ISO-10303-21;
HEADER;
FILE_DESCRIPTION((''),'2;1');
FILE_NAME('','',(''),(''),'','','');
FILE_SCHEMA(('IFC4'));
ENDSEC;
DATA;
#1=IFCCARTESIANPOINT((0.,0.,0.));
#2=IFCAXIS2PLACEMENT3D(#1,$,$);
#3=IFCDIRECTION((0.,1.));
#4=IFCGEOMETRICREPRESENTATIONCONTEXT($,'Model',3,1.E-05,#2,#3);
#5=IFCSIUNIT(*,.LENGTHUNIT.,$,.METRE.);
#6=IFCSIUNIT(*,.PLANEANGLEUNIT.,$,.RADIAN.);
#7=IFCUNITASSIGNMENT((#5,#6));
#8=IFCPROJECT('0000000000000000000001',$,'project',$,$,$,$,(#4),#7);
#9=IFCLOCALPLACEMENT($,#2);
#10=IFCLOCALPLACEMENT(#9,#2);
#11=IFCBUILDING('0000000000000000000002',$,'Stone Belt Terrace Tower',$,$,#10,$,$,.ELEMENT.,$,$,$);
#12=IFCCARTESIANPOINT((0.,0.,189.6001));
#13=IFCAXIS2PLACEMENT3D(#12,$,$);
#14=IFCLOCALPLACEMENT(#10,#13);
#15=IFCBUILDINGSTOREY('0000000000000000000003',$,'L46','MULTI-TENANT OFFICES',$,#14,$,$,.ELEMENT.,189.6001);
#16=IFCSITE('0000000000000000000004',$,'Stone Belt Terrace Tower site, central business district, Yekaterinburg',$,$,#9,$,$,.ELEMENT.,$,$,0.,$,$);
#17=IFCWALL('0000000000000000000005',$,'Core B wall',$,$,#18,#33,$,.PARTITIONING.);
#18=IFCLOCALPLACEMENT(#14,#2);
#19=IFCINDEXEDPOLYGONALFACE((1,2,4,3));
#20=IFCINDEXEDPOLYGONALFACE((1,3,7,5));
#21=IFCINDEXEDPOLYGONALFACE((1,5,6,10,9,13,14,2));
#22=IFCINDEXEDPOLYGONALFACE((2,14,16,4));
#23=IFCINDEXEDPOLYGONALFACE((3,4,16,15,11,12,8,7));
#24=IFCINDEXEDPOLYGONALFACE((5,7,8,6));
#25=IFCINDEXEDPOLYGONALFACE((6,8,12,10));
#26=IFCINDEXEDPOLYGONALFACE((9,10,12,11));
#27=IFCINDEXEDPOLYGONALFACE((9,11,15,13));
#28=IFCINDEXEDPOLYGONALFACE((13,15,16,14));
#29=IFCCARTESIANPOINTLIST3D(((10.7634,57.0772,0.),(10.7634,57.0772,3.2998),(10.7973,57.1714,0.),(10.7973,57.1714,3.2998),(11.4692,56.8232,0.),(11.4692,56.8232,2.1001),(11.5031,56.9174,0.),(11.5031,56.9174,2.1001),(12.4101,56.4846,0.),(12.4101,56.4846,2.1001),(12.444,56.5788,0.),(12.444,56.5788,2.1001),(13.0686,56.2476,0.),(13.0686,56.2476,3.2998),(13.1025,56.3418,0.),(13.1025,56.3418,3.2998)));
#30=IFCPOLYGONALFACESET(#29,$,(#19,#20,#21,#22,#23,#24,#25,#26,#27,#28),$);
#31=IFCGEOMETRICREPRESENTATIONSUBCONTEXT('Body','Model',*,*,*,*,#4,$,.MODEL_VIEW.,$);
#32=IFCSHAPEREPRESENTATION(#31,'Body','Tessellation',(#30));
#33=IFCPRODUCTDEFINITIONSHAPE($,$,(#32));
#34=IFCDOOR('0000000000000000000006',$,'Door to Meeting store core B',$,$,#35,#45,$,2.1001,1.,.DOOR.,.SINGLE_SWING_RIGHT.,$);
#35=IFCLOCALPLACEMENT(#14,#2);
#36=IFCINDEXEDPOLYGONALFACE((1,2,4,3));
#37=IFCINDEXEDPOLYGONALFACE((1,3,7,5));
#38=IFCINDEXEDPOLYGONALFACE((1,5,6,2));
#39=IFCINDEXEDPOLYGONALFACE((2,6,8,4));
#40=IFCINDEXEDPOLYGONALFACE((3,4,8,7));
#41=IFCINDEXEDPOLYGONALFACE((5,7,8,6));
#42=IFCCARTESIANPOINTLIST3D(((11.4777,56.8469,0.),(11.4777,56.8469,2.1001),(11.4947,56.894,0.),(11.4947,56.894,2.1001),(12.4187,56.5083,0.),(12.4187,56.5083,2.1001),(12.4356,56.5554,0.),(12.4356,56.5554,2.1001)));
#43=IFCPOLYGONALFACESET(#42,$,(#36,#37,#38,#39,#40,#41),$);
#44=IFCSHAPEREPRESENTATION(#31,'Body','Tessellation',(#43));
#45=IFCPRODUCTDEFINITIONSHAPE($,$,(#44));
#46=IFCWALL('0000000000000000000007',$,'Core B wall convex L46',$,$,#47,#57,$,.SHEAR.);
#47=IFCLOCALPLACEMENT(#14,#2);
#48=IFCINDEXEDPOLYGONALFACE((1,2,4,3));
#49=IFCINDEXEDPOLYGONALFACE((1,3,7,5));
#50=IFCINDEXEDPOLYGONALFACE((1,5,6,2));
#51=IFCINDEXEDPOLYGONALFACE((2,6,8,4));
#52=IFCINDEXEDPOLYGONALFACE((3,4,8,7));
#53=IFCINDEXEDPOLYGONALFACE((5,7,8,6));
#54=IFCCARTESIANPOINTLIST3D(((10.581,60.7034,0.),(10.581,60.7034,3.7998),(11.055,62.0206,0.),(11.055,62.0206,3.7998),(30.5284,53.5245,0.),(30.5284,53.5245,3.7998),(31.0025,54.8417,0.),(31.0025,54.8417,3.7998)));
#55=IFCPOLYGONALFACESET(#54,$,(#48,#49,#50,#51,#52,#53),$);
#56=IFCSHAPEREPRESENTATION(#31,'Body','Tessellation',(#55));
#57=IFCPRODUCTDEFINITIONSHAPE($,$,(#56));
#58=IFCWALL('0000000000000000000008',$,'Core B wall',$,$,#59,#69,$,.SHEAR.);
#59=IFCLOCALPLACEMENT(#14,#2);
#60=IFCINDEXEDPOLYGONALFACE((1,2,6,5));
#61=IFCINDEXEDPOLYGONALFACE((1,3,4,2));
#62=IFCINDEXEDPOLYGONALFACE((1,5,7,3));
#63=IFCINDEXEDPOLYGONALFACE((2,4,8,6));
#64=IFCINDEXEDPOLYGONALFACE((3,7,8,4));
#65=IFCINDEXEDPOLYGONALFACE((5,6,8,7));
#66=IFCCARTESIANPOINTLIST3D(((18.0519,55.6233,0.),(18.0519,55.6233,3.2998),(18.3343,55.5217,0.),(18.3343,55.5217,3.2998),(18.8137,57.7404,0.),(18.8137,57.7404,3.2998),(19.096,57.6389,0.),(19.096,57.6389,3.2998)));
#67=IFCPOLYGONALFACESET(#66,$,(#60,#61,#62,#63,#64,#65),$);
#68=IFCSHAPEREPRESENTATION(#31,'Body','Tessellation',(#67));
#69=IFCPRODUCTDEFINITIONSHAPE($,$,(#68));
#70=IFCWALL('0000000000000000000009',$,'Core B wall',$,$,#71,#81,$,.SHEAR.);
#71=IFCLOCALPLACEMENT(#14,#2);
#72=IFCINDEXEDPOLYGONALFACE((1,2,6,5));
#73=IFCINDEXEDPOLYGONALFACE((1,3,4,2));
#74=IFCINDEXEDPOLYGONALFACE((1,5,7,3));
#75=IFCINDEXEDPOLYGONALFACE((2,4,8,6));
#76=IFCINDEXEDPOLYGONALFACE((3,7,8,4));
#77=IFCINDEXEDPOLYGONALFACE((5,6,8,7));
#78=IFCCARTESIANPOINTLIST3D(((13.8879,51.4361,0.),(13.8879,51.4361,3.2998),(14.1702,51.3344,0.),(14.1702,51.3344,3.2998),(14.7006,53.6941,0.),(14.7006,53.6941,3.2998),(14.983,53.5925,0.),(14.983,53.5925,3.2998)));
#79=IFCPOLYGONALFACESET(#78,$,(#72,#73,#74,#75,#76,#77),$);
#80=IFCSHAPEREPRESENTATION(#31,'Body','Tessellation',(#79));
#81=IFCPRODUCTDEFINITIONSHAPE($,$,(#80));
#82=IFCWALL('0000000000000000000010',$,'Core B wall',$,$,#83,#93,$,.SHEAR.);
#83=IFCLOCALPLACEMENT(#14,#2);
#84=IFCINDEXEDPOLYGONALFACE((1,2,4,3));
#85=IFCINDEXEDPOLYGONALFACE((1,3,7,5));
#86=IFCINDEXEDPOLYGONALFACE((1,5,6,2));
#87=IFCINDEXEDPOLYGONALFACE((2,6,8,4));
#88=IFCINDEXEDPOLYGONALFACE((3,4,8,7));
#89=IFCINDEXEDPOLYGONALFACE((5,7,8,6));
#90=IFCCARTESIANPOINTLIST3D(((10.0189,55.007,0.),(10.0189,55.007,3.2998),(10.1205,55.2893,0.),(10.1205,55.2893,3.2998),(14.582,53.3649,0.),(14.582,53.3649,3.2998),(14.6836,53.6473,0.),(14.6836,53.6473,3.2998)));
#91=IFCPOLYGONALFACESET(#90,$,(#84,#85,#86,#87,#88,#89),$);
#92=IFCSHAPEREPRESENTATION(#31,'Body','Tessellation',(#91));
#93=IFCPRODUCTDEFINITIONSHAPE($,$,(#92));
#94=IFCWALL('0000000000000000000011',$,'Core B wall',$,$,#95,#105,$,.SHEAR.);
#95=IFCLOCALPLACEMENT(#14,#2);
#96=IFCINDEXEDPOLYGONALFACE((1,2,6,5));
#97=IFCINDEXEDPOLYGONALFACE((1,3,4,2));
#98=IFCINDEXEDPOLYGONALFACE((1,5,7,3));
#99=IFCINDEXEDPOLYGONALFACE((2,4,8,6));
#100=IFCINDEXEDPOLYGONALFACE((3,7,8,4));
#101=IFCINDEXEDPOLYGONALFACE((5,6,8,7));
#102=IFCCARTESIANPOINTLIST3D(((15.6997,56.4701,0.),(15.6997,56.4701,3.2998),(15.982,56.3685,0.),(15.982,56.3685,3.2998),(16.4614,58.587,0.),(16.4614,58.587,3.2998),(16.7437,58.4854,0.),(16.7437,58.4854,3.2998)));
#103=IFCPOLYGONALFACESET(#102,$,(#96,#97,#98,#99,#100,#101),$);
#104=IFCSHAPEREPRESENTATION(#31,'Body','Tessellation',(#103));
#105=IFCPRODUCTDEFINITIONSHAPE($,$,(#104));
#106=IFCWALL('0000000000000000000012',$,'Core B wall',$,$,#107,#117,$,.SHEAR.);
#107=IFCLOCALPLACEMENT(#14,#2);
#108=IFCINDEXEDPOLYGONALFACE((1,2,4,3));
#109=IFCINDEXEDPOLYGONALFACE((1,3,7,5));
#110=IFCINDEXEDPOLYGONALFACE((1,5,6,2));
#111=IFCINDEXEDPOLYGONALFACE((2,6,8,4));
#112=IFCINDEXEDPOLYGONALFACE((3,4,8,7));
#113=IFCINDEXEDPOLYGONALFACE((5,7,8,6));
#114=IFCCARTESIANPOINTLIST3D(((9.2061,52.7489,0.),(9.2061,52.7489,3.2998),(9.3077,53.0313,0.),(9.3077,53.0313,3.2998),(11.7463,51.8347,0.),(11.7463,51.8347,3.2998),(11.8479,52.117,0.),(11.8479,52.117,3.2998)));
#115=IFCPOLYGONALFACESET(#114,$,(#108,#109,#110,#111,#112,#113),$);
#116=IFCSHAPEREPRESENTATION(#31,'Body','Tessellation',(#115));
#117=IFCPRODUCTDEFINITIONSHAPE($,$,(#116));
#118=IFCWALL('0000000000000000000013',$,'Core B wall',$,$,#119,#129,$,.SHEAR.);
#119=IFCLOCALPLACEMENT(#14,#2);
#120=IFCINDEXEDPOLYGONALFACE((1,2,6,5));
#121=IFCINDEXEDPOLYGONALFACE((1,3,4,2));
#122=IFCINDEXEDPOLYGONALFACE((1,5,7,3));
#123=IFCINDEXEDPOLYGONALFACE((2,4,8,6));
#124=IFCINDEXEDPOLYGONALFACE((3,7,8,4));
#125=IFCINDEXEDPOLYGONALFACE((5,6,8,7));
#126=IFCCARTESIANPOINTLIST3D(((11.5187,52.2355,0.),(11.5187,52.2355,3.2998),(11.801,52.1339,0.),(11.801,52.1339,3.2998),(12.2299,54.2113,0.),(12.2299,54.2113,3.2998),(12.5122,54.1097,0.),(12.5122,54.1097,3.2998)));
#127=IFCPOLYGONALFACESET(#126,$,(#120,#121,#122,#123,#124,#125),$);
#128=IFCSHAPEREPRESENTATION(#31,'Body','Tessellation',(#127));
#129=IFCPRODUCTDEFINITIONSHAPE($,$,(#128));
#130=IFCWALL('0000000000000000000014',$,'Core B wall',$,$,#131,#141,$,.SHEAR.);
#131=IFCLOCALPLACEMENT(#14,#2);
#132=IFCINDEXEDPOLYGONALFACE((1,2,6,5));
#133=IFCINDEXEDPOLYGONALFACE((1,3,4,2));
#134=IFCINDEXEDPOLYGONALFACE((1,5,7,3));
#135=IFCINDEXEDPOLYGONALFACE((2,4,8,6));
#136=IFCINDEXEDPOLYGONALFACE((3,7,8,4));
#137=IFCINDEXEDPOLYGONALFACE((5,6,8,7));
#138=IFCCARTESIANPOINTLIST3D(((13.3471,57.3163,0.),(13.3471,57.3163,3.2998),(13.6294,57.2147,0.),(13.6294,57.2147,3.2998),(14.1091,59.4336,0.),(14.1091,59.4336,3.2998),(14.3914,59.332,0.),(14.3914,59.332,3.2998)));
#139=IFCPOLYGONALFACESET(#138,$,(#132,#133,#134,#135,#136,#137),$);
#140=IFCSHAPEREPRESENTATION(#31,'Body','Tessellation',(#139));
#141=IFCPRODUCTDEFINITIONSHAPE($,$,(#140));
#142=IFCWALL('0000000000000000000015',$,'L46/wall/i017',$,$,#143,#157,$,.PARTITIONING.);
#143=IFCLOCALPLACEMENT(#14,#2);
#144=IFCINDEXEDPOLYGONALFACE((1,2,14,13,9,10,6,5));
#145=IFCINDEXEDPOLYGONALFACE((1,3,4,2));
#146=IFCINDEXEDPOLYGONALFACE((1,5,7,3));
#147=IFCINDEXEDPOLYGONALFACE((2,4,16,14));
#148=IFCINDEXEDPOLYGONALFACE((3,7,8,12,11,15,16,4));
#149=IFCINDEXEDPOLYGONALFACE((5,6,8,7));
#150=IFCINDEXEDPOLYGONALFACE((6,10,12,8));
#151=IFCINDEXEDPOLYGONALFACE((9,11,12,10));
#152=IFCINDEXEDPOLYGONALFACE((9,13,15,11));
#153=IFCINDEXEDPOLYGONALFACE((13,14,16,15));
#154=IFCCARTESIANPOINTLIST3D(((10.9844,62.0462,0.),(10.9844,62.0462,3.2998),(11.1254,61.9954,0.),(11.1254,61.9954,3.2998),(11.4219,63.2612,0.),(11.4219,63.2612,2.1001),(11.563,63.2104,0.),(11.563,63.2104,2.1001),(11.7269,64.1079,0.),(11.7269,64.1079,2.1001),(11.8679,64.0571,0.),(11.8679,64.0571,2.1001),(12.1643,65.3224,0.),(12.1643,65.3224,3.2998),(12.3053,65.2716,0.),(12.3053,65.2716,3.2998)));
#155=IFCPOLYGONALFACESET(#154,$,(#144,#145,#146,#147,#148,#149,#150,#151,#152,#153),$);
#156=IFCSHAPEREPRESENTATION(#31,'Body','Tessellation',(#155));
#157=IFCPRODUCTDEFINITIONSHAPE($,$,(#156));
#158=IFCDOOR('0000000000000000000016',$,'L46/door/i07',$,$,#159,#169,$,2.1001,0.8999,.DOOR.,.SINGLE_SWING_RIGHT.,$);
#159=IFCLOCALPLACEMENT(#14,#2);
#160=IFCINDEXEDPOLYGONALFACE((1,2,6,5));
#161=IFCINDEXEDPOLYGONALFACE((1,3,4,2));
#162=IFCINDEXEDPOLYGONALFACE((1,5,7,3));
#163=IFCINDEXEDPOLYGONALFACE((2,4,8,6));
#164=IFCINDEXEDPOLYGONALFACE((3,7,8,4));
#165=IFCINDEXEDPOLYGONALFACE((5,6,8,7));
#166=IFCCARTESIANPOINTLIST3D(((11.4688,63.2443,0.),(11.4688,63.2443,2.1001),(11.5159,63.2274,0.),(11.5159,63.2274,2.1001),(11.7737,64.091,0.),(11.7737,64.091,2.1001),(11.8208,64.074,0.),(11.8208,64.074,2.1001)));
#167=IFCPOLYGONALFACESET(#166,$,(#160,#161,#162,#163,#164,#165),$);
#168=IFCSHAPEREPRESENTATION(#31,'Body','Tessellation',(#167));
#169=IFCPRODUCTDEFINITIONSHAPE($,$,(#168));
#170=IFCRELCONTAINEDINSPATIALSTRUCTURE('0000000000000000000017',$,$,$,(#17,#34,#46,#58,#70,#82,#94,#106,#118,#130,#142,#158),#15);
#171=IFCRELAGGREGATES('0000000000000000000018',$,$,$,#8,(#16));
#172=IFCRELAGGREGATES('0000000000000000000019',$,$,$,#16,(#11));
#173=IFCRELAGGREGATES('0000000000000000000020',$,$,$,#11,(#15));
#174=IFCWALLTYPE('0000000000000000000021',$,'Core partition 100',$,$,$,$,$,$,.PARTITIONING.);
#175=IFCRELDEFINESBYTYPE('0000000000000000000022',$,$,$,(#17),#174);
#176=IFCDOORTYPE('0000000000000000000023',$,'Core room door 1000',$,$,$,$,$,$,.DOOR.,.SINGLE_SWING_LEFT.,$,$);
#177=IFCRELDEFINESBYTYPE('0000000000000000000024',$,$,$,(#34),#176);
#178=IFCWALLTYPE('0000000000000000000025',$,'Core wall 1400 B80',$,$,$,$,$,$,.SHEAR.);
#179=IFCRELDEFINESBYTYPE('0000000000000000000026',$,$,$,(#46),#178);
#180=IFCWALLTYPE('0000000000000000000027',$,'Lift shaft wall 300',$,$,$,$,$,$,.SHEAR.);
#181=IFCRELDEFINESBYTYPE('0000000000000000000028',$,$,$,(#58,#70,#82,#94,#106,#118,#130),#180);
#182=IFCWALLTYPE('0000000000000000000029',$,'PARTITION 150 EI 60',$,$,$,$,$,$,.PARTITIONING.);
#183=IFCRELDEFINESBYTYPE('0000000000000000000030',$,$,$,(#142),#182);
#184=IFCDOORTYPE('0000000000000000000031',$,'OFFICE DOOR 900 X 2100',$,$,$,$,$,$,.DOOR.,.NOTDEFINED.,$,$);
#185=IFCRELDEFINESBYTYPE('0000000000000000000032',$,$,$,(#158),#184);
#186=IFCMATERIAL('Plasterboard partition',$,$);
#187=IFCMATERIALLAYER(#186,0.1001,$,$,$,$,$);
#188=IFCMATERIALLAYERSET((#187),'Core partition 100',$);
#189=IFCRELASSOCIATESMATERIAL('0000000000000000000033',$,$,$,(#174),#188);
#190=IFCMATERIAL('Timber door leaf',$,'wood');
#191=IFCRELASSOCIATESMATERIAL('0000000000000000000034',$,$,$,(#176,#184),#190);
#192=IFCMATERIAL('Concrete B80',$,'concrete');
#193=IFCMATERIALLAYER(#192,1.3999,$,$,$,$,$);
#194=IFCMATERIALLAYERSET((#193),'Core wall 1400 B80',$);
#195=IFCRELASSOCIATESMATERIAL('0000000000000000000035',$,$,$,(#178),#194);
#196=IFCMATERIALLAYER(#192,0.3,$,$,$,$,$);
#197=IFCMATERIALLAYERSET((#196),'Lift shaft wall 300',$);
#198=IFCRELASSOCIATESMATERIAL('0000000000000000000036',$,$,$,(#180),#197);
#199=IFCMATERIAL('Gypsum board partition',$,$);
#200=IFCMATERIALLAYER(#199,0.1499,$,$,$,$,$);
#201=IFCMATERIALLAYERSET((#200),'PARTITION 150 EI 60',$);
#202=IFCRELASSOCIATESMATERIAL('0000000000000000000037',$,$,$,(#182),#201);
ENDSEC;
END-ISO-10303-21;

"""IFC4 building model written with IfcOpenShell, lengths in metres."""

from ifc_helpers import new_model, si_unit, direction, frame, frame_2d, origin, place, context, subcontext, project, spatial, rectangle, extrude, material, layer, layer_set, type_object, element, fill, save


model = new_model("IFC4")

# Units and contexts
model_context = context("Model", 3, precision=1e-05, world=origin(), true_north=direction((0.0, 1.0)))
body_context = subcontext(model_context, "Body", "Model", "MODEL_VIEW")
ifc_project = project(units=[si_unit("LENGTHUNIT", "METRE"), si_unit("PLANEANGLEUNIT", "RADIAN")], contexts=[model_context])

# Site, building, storey
site_placement = place(None, origin())
site = spatial("IfcSite", under=ifc_project, at=site_placement, Name="Stone Belt Terrace Tower site, central business district, Yekaterinburg", CompositionType="ELEMENT", RefElevation=0.0)
building_placement = place(site_placement, origin())
building = spatial("IfcBuilding", under=site, at=building_placement, Name="Stone Belt Terrace Tower", CompositionType="ELEMENT")
storey_placement = place(building_placement, frame((0.0, 0.0, 189.6001)))
storey = spatial("IfcBuildingStorey", under=building, at=storey_placement, Name="L46", Description="MULTI-TENANT OFFICES", CompositionType="ELEMENT", Elevation=189.6001)

# Shared definitions
ifc_material_1 = material(Name="Concrete B80", Category="concrete")

# Shared definitions
ifc_material_2 = material(Name="Plasterboard partition")
ifc_layer_1 = layer(ifc_material_2, 0.1001)
ifc_layer_set_1 = layer_set([ifc_layer_1], Name="Core partition 100")
wall_type_1 = type_object("IfcWallType", Name="Core partition 100", PredefinedType="PARTITIONING", material=ifc_layer_set_1)
ifc_material_3 = material(Name="Timber door leaf", Category="wood")
door_type_1 = type_object("IfcDoorType", Name="Core room door 1000", OperationType="SINGLE_SWING_LEFT", PredefinedType="DOOR", material=ifc_material_3)

# Wall, opening, door
wall_1_placement = place(storey_placement, frame((13.0857, 56.2947, 0.0), z_axis=(0.0, 0.0, 1.0), x_axis=(-0.940923, 0.338621, 0.0)))
wall_1 = element("IfcWall", 1, at=wall_1_placement, inside=storey, type_object=wall_type_1, Name="Core B wall", PredefinedType="PARTITIONING", context=body_context, shape_type="SweptSolid", body=[
    extrude(rectangle(XDim=2.45, YDim=0.1001, at=frame_2d((1.2251, 0.0))), origin(), (0.0, 0.0, 1.0), 3.2998),
])
opening_1_placement = place(wall_1_placement, frame((0.7, 0.0, 0.0)))
opening_1 = element("IfcOpeningElement", 2, at=opening_1_placement, cuts=wall_1, PredefinedType="OPENING", context=body_context, shape_type="SweptSolid", body=[
    extrude(rectangle(XDim=1.0, YDim=2.1001, at=frame_2d((0.5, 1.05))), frame((0.0, 0.0601, 0.0), z_axis=(0.0, -1.0, 0.0), x_axis=(1.0, 0.0, 0.0)), (0.0, 0.0, 1.0), 0.1201),
])
door_1_placement = place(opening_1_placement, origin())
door_1 = element("IfcDoor", 3, at=door_1_placement, inside=storey, type_object=door_type_1, Name="Door to Meeting store core B", OperationType="SINGLE_SWING_RIGHT", OverallHeight=2.1001, OverallWidth=1.0, PredefinedType="DOOR", context=body_context, shape_type="SweptSolid", body=[
    extrude(rectangle(XDim=1.0, YDim=2.1001, at=frame_2d((0.5, 1.05))), frame((0.0, 0.0249, 0.0), z_axis=(0.0, -1.0, 0.0), x_axis=(1.0, 0.0, 0.0)), (0.0, 0.0, 1.0), 0.05),
])
fill(opening_1, door_1)

# Walls
ifc_layer_2 = layer(ifc_material_1, 1.3999)
ifc_layer_set_2 = layer_set([ifc_layer_2], Name="Core wall 1400 B80")
wall_type_2 = type_object("IfcWallType", Name="Core wall 1400 B80", PredefinedType="SHEAR", material=ifc_layer_set_2)
wall_2_placement = place(storey_placement, frame((10.8179, 61.3621, 0.0), z_axis=(0.0, 0.0, 1.0), x_axis=(0.94092, -0.33863, 0.0)))
element("IfcWall", 4, at=wall_2_placement, inside=storey, type_object=wall_type_2, Name="Core B wall convex L46", PredefinedType="SHEAR", context=body_context, shape_type="SweptSolid", body=[
    extrude(rectangle(XDim=21.2, YDim=1.3999, at=frame_2d((10.6001, 0.0))), origin(), (0.0, 0.0, 1.0), 3.7998),
])
ifc_layer_3 = layer(ifc_material_1, 0.3)
ifc_layer_set_3 = layer_set([ifc_layer_3], Name="Lift shaft wall 300")
wall_type_3 = type_object("IfcWallType", Name="Lift shaft wall 300", PredefinedType="SHEAR", material=ifc_layer_set_3)
wall_3_placement = place(storey_placement, frame((18.1931, 55.5725, 0.0), z_axis=(0.0, 0.0, 1.0), x_axis=(0.338535, 0.940954, 0.0)))
element("IfcWall", 5, at=wall_3_placement, inside=storey, type_object=wall_type_3, Name="Core B wall", PredefinedType="SHEAR", context=body_context, shape_type="SweptSolid", body=[
    extrude(rectangle(XDim=2.25, YDim=0.3, at=frame_2d((1.125, 0.0))), origin(), (0.0, 0.0, 1.0), 3.2998),
])
wall_4_placement = place(storey_placement, frame((14.0291, 51.3853, 0.0), z_axis=(0.0, 0.0, 1.0), x_axis=(0.338662, 0.940908, 0.0)))
element("IfcWall", 6, at=wall_4_placement, inside=storey, type_object=wall_type_3, Name="Core B wall", PredefinedType="SHEAR", context=body_context, shape_type="SweptSolid", body=[
    extrude(rectangle(XDim=2.3999, YDim=0.3, at=frame_2d((1.2, 0.0))), origin(), (0.0, 0.0, 1.0), 3.2998),
])
wall_5_placement = place(storey_placement, frame((14.6328, 53.5061, 0.0), z_axis=(0.0, 0.0, 1.0), x_axis=(-0.940932, 0.338596, 0.0)))
element("IfcWall", 7, at=wall_5_placement, inside=storey, type_object=wall_type_3, Name="Core B wall", PredefinedType="SHEAR", context=body_context, shape_type="SweptSolid", body=[
    extrude(rectangle(XDim=4.8496, YDim=0.3, at=frame_2d((2.4248, 0.0))), origin(), (0.0, 0.0, 1.0), 3.2998),
])
wall_6_placement = place(storey_placement, frame((15.8408, 56.4192, 0.0), z_axis=(0.0, 0.0, 1.0), x_axis=(0.33857, 0.940941, 0.0)))
element("IfcWall", 8, at=wall_6_placement, inside=storey, type_object=wall_type_3, Name="Core B wall", PredefinedType="SHEAR", context=body_context, shape_type="SweptSolid", body=[
    extrude(rectangle(XDim=2.2498, YDim=0.3, at=frame_2d((1.125, 0.0))), origin(), (0.0, 0.0, 1.0), 3.2998),
])
wall_7_placement = place(storey_placement, frame((11.7971, 51.9758, 0.0), z_axis=(0.0, 0.0, 1.0), x_axis=(-0.94091, 0.338655, 0.0)))
element("IfcWall", 9, at=wall_7_placement, inside=storey, type_object=wall_type_3, Name="Core B wall", PredefinedType="SHEAR", context=body_context, shape_type="SweptSolid", body=[
    extrude(rectangle(XDim=2.6997, YDim=0.3, at=frame_2d((1.3499, 0.0))), origin(), (0.0, 0.0, 1.0), 3.2998),
])
wall_8_placement = place(storey_placement, frame((11.6599, 52.1848, 0.0), z_axis=(0.0, 0.0, 1.0), x_axis=(0.33867, 0.940905, 0.0)))
element("IfcWall", 10, at=wall_8_placement, inside=storey, type_object=wall_type_3, Name="Core B wall", PredefinedType="SHEAR", context=body_context, shape_type="SweptSolid", body=[
    extrude(rectangle(XDim=2.0999, YDim=0.3, at=frame_2d((1.0498, 0.0))), origin(), (0.0, 0.0, 1.0), 3.2998),
])
wall_9_placement = place(storey_placement, frame((13.4883, 57.2656, 0.0), z_axis=(0.0, 0.0, 1.0), x_axis=(0.338631, 0.940919, 0.0)))
element("IfcWall", 11, at=wall_9_placement, inside=storey, type_object=wall_type_3, Name="Core B wall", PredefinedType="SHEAR", context=body_context, shape_type="SweptSolid", body=[
    extrude(rectangle(XDim=2.2502, YDim=0.3, at=frame_2d((1.125, 0.0))), origin(), (0.0, 0.0, 1.0), 3.2998),
])

# Wall, opening, door
ifc_material_4 = material(Name="Gypsum board partition")
ifc_layer_4 = layer(ifc_material_4, 0.1499)
ifc_layer_set_4 = layer_set([ifc_layer_4], Name="PARTITION 150 EI 60")
wall_type_4 = type_object("IfcWallType", Name="PARTITION 150 EI 60", PredefinedType="PARTITIONING", material=ifc_layer_set_4)
wall_10_placement = place(storey_placement, frame((12.2349, 65.2971, 0.0), z_axis=(0.0, 0.0, 1.0), x_axis=(-0.338854, -0.940839, 0.0)))
wall_10 = element("IfcWall", 12, at=wall_10_placement, inside=storey, type_object=wall_type_4, Name="L46/wall/i017", PredefinedType="PARTITIONING", context=body_context, shape_type="SweptSolid", body=[
    extrude(rectangle(XDim=3.4822, YDim=0.1499, at=frame_2d((1.7412, 0.0))), origin(), (0.0, 0.0, 1.0), 3.2998),
])
opening_2_placement = place(wall_10_placement, frame((1.291, 0.0, 0.0)))
opening_2 = element("IfcOpeningElement", 13, at=opening_2_placement, cuts=wall_10, PredefinedType="OPENING", context=body_context, shape_type="SweptSolid", body=[
    extrude(rectangle(XDim=0.8999, YDim=2.1001, at=frame_2d((0.45, 1.05))), frame((0.0, 0.085, 0.0), z_axis=(0.0, -1.0, 0.0), x_axis=(1.0, 0.0, 0.0)), (0.0, 0.0, 1.0), 0.1699),
])
door_type_2 = type_object("IfcDoorType", Name="OFFICE DOOR 900 X 2100", OperationType="NOTDEFINED", PredefinedType="DOOR", material=ifc_material_3)
door_2_placement = place(opening_2_placement, origin())
door_2 = element("IfcDoor", 14, at=door_2_placement, inside=storey, type_object=door_type_2, Name="L46/door/i07", OperationType="SINGLE_SWING_RIGHT", OverallHeight=2.1001, OverallWidth=0.8999, PredefinedType="DOOR", context=body_context, shape_type="SweptSolid", body=[
    extrude(rectangle(XDim=0.8999, YDim=2.1001, at=frame_2d((0.45, 1.05))), frame((0.0, 0.0249, 0.0), z_axis=(0.0, -1.0, 0.0), x_axis=(1.0, 0.0, 0.0)), (0.0, 0.0, 1.0), 0.05),
])
fill(opening_2, door_2)

save(model, "model.ifc")
